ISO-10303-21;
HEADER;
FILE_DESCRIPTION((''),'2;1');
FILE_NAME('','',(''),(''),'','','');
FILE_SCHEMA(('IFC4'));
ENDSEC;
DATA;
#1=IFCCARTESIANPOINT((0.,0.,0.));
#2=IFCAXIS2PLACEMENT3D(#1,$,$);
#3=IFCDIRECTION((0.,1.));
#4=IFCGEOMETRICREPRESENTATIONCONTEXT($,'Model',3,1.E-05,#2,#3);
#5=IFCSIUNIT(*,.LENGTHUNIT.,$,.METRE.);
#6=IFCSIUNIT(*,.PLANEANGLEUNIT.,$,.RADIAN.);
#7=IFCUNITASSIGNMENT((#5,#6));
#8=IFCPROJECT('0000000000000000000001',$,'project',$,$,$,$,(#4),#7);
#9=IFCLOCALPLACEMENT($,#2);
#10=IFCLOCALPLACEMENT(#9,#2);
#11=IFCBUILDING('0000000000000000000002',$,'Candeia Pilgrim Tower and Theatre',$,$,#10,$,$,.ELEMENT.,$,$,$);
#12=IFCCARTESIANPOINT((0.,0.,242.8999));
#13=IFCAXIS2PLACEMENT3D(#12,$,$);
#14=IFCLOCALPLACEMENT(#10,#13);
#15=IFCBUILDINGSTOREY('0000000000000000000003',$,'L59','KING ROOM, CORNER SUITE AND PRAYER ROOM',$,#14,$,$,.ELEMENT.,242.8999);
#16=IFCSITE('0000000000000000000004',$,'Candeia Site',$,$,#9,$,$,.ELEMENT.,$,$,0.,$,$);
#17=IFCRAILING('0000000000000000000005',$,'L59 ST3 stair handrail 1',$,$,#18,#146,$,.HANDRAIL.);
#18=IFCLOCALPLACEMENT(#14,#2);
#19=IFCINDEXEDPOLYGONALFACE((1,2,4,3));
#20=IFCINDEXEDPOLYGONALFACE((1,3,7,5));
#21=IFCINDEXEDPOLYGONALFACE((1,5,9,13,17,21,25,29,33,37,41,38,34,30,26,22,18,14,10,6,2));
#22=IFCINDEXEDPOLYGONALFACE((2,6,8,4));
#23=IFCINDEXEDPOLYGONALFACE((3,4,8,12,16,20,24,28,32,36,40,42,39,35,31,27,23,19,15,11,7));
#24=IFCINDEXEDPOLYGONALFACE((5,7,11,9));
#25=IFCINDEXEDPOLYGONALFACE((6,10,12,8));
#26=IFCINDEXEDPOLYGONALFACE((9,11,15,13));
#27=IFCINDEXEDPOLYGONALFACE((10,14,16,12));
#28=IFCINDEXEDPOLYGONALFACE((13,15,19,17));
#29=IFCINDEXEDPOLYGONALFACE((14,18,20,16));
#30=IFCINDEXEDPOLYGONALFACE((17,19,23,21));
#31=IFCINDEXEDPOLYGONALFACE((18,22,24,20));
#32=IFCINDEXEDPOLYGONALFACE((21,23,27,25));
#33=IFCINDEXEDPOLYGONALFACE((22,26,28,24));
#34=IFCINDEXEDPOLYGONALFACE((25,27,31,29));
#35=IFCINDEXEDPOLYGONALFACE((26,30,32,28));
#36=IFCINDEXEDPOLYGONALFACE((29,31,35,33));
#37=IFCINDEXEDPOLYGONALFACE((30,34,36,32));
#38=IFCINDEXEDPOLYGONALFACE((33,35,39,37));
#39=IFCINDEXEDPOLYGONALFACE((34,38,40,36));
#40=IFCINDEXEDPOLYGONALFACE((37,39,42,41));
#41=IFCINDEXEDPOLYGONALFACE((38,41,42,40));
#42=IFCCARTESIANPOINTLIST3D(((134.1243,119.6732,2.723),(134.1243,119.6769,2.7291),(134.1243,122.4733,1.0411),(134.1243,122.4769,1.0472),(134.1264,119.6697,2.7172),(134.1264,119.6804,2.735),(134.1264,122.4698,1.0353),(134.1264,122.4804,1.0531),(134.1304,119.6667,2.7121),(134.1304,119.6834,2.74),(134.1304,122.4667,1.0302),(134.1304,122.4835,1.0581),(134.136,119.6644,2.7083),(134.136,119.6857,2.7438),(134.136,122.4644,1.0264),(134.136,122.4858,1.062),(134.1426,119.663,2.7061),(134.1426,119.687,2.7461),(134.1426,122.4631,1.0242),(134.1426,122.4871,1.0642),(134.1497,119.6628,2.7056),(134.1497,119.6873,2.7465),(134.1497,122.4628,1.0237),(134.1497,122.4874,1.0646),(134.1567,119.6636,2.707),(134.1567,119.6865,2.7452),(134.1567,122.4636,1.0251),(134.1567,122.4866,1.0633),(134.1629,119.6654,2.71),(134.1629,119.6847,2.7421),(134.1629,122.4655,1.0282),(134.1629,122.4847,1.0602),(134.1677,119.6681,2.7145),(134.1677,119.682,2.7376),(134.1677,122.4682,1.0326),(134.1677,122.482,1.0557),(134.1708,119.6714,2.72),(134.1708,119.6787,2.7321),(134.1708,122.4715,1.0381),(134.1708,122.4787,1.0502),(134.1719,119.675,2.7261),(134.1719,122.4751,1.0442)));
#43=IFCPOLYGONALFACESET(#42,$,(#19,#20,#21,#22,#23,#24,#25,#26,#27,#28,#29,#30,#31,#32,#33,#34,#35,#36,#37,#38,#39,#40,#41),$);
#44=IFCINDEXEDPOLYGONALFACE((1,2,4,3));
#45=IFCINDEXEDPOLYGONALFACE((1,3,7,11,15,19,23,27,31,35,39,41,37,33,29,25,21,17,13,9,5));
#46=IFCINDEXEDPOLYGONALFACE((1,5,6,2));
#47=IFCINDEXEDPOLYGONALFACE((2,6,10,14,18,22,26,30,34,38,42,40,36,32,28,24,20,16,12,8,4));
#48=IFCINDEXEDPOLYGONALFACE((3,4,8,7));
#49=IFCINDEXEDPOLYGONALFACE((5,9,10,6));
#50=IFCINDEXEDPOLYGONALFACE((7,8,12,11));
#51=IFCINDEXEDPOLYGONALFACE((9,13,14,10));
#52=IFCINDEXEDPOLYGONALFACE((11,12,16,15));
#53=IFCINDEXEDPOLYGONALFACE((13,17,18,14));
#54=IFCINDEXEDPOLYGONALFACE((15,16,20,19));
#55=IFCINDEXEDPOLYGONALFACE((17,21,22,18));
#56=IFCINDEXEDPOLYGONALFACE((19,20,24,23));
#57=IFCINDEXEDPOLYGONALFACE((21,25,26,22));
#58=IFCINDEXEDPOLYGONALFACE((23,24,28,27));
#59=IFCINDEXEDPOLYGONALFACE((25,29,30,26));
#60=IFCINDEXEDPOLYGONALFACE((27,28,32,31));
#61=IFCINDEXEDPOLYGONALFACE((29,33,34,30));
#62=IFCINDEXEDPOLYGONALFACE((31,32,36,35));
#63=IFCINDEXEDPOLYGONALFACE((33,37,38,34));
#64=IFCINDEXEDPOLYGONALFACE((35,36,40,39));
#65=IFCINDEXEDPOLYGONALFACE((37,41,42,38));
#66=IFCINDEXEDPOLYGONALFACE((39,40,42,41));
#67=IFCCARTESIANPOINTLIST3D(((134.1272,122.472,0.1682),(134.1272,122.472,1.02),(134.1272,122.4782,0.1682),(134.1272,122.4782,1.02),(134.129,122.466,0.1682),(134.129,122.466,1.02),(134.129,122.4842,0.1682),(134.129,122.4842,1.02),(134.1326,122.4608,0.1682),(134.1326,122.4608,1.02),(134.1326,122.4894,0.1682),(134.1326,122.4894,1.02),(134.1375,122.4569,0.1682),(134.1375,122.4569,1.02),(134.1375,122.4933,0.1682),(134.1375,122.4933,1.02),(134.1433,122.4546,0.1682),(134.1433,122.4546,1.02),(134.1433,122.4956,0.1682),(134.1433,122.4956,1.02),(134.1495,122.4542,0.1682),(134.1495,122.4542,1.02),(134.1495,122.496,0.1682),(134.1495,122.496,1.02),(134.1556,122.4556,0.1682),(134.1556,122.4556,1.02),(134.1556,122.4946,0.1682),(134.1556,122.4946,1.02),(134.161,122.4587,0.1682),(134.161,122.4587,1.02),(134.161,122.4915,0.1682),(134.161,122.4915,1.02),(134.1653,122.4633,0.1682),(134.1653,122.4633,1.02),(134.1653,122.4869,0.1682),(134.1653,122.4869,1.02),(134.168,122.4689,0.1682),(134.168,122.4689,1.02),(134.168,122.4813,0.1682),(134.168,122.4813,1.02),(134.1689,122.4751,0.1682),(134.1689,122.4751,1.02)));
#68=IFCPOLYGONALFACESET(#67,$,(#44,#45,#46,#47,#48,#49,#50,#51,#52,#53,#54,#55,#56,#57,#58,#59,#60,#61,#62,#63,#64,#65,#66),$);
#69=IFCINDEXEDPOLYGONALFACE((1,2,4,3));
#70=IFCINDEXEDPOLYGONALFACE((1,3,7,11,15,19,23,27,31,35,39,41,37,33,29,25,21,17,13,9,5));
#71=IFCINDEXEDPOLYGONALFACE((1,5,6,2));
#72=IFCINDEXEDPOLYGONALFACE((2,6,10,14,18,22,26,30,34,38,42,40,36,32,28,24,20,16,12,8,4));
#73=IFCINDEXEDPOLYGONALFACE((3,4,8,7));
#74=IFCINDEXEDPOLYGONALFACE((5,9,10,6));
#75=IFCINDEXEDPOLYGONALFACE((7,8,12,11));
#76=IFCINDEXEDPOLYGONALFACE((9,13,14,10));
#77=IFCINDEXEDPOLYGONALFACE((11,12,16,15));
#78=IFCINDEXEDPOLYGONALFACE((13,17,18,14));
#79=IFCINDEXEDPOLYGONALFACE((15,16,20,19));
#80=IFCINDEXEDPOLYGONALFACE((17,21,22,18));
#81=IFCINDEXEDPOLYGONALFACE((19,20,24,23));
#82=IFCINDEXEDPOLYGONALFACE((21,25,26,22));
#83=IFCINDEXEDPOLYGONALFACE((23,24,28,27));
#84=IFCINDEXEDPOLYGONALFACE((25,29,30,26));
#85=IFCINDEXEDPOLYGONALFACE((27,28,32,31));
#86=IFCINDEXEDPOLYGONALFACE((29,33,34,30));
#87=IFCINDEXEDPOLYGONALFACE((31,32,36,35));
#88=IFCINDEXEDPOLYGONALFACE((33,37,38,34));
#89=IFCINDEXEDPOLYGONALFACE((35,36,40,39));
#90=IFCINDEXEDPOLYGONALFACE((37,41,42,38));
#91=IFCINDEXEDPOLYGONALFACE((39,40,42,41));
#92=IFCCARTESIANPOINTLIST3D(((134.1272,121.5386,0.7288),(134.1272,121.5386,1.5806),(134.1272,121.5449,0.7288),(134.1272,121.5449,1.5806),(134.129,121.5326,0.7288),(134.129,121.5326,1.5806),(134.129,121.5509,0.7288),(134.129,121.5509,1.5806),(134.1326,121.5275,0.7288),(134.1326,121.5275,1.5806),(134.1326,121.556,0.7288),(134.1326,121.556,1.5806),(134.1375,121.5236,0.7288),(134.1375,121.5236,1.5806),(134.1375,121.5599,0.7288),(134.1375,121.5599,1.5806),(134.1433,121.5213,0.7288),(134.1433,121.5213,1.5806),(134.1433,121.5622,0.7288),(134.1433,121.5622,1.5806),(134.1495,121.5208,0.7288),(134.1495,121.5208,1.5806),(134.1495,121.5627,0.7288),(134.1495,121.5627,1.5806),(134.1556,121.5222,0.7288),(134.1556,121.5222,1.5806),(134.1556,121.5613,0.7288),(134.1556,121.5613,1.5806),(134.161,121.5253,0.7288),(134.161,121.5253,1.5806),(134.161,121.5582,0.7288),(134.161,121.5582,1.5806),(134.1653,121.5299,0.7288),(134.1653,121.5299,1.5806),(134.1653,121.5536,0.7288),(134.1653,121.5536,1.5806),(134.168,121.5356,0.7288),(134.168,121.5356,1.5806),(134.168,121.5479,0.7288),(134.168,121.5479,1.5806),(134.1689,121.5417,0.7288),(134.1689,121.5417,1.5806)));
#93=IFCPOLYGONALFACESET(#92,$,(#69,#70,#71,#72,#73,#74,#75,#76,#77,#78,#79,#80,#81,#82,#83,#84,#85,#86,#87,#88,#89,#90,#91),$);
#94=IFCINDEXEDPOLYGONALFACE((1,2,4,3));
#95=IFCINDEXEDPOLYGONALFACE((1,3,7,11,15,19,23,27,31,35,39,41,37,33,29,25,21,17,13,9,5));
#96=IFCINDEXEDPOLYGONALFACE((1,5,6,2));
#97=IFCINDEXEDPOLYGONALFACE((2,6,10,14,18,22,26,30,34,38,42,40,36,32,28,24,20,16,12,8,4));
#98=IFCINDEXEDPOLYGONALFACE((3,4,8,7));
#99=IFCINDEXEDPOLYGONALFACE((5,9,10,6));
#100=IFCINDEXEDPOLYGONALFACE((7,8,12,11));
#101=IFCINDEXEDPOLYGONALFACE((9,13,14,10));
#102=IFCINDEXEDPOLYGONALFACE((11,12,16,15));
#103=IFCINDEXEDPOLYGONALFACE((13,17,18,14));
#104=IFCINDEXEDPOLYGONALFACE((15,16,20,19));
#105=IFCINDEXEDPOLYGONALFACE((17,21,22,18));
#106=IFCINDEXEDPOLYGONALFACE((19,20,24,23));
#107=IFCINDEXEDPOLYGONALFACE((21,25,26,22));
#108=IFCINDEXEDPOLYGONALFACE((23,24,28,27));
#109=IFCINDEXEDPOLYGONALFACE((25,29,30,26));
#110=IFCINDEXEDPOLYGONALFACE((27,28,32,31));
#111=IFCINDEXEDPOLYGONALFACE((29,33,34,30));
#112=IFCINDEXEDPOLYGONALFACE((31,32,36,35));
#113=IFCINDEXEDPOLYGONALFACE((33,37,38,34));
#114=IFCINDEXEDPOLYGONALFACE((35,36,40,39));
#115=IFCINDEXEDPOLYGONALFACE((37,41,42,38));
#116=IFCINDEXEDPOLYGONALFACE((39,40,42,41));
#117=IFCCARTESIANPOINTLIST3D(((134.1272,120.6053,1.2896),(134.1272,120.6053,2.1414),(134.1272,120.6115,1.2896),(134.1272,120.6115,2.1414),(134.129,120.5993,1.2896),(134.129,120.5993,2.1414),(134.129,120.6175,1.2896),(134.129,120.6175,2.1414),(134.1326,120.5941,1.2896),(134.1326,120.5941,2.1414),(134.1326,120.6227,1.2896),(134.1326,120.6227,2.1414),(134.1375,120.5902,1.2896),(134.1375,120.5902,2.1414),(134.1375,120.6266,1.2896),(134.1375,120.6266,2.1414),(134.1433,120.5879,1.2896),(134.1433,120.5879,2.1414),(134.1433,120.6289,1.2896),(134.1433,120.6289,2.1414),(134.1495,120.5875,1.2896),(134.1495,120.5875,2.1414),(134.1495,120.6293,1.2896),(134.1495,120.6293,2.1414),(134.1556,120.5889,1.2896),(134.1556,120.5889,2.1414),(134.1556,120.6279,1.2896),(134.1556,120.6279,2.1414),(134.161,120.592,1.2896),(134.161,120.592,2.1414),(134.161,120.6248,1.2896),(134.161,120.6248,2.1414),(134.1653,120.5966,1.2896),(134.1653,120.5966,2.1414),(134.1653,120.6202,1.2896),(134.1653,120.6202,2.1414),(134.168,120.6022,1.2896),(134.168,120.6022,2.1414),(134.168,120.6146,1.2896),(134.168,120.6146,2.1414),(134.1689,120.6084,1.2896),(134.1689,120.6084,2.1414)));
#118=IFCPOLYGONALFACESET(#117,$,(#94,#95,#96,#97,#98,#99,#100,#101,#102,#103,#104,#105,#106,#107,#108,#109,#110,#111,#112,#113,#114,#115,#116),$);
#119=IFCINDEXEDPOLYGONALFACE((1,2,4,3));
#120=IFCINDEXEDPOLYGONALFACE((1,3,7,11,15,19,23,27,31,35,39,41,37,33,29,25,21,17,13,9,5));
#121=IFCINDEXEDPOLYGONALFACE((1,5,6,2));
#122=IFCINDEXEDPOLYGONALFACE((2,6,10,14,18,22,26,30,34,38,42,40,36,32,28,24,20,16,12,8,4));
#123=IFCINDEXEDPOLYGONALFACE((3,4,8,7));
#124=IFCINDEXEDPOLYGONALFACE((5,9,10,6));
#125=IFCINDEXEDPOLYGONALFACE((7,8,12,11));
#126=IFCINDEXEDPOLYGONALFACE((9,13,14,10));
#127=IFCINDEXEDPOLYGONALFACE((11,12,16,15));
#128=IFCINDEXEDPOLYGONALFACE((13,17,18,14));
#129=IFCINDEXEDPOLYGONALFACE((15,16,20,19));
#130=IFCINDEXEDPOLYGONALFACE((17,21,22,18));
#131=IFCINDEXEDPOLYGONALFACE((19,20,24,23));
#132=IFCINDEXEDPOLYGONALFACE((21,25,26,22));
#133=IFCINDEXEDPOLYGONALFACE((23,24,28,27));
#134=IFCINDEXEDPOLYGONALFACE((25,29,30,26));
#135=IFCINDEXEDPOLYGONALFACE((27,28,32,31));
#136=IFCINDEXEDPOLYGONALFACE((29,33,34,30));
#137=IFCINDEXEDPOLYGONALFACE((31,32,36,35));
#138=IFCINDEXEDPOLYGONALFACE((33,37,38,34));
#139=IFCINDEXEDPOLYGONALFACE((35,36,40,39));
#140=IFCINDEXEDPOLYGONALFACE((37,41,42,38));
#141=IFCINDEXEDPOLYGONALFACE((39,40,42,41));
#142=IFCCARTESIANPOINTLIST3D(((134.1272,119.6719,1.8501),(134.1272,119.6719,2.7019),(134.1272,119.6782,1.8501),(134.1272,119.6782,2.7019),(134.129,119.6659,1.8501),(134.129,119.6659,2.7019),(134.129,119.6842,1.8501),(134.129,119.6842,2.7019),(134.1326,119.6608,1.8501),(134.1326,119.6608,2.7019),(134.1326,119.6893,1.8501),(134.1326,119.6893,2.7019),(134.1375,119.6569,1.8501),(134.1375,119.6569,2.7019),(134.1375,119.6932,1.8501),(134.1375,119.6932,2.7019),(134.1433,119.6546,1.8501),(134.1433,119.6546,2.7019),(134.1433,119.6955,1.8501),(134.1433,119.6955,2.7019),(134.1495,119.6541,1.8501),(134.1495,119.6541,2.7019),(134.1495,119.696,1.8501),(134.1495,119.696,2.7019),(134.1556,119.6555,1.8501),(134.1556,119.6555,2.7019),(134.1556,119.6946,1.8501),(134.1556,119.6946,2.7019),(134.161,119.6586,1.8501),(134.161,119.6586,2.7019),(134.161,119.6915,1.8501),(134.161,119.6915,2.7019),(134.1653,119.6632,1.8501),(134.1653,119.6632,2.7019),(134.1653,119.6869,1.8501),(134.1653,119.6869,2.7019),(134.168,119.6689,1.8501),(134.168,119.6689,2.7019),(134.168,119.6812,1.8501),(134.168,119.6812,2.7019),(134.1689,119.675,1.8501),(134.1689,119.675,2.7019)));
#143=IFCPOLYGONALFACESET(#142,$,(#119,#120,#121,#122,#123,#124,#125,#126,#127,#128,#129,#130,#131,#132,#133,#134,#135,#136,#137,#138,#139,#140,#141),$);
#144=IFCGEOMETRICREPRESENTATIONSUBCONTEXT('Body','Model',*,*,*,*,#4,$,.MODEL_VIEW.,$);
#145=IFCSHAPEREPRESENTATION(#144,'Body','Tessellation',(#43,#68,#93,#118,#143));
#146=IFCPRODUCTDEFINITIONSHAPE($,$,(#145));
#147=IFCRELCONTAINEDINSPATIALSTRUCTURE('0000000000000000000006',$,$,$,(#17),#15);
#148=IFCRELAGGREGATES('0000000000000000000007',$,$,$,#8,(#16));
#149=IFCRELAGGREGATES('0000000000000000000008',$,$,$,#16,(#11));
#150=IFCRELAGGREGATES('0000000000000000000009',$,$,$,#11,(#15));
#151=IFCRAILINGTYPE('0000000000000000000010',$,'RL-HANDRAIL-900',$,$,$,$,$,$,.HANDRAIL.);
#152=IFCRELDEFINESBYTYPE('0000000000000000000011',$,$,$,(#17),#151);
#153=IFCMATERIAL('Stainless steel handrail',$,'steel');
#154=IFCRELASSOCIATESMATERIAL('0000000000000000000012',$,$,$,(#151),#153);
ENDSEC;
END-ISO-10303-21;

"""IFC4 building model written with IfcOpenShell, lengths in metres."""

from ifc_helpers import new_model, si_unit, direction, frame, origin, origin_2d, place, context, subcontext, project, spatial, circle, extrude, material, type_object, element, save


model = new_model("IFC4")

# Units and contexts
model_context = context("Model", 3, precision=1e-05, world=origin(), true_north=direction((0.0, 1.0)))
body_context = subcontext(model_context, "Body", "Model", "MODEL_VIEW")
ifc_project = project(units=[si_unit("LENGTHUNIT", "METRE"), si_unit("PLANEANGLEUNIT", "RADIAN")], contexts=[model_context])

# Site, building, storey
site_placement = place(None, origin())
site = spatial("IfcSite", under=ifc_project, at=site_placement, Name="Candeia Site", CompositionType="ELEMENT", RefElevation=0.0)
building_placement = place(site_placement, origin())
building = spatial("IfcBuilding", under=site, at=building_placement, Name="Candeia Pilgrim Tower and Theatre", CompositionType="ELEMENT")
storey_placement = place(building_placement, frame((0.0, 0.0, 242.8999)))
storey = spatial("IfcBuildingStorey", under=building, at=storey_placement, Name="L59", Description="KING ROOM, CORNER SUITE AND PRAYER ROOM", CompositionType="ELEMENT", Elevation=242.8999)

# Railing
ifc_material_1 = material(Name="Stainless steel handrail", Category="steel")
railing_type_1 = type_object("IfcRailingType", Name="RL-HANDRAIL-900", PredefinedType="HANDRAIL", material=ifc_material_1)
railing_1_placement = place(storey_placement, frame((134.1479, 122.4751, 0.1682)))
element("IfcRailing", 1, at=railing_1_placement, inside=storey, type_object=railing_type_1, Name="L59 ST3 stair handrail 1", PredefinedType="HANDRAIL", context=body_context, shape_type="SweptSolid", body=[
    extrude(circle(Radius=0.0239, at=origin_2d()), frame((0.0, 0.0, 0.876), z_axis=(0.0, -0.857242, 0.514913), x_axis=(1.0, 0.0, 0.0)), (0.0, 0.0, 1.0), 3.2664),
    extrude(circle(Radius=0.021, at=origin_2d()), origin(), (0.0, 0.0, 1.0), 0.8518),
    extrude(circle(Radius=0.021, at=origin_2d()), frame((0.0, -0.9333, 0.5605)), (0.0, 0.0, 1.0), 0.8518),
    extrude(circle(Radius=0.021, at=origin_2d()), frame((0.0, -1.8667, 1.1213)), (0.0, 0.0, 1.0), 0.8518),
    extrude(circle(Radius=0.021, at=origin_2d()), frame((0.0, -2.8, 1.6819)), (0.0, 0.0, 1.0), 0.8518),
])

save(model, "model.ifc")
